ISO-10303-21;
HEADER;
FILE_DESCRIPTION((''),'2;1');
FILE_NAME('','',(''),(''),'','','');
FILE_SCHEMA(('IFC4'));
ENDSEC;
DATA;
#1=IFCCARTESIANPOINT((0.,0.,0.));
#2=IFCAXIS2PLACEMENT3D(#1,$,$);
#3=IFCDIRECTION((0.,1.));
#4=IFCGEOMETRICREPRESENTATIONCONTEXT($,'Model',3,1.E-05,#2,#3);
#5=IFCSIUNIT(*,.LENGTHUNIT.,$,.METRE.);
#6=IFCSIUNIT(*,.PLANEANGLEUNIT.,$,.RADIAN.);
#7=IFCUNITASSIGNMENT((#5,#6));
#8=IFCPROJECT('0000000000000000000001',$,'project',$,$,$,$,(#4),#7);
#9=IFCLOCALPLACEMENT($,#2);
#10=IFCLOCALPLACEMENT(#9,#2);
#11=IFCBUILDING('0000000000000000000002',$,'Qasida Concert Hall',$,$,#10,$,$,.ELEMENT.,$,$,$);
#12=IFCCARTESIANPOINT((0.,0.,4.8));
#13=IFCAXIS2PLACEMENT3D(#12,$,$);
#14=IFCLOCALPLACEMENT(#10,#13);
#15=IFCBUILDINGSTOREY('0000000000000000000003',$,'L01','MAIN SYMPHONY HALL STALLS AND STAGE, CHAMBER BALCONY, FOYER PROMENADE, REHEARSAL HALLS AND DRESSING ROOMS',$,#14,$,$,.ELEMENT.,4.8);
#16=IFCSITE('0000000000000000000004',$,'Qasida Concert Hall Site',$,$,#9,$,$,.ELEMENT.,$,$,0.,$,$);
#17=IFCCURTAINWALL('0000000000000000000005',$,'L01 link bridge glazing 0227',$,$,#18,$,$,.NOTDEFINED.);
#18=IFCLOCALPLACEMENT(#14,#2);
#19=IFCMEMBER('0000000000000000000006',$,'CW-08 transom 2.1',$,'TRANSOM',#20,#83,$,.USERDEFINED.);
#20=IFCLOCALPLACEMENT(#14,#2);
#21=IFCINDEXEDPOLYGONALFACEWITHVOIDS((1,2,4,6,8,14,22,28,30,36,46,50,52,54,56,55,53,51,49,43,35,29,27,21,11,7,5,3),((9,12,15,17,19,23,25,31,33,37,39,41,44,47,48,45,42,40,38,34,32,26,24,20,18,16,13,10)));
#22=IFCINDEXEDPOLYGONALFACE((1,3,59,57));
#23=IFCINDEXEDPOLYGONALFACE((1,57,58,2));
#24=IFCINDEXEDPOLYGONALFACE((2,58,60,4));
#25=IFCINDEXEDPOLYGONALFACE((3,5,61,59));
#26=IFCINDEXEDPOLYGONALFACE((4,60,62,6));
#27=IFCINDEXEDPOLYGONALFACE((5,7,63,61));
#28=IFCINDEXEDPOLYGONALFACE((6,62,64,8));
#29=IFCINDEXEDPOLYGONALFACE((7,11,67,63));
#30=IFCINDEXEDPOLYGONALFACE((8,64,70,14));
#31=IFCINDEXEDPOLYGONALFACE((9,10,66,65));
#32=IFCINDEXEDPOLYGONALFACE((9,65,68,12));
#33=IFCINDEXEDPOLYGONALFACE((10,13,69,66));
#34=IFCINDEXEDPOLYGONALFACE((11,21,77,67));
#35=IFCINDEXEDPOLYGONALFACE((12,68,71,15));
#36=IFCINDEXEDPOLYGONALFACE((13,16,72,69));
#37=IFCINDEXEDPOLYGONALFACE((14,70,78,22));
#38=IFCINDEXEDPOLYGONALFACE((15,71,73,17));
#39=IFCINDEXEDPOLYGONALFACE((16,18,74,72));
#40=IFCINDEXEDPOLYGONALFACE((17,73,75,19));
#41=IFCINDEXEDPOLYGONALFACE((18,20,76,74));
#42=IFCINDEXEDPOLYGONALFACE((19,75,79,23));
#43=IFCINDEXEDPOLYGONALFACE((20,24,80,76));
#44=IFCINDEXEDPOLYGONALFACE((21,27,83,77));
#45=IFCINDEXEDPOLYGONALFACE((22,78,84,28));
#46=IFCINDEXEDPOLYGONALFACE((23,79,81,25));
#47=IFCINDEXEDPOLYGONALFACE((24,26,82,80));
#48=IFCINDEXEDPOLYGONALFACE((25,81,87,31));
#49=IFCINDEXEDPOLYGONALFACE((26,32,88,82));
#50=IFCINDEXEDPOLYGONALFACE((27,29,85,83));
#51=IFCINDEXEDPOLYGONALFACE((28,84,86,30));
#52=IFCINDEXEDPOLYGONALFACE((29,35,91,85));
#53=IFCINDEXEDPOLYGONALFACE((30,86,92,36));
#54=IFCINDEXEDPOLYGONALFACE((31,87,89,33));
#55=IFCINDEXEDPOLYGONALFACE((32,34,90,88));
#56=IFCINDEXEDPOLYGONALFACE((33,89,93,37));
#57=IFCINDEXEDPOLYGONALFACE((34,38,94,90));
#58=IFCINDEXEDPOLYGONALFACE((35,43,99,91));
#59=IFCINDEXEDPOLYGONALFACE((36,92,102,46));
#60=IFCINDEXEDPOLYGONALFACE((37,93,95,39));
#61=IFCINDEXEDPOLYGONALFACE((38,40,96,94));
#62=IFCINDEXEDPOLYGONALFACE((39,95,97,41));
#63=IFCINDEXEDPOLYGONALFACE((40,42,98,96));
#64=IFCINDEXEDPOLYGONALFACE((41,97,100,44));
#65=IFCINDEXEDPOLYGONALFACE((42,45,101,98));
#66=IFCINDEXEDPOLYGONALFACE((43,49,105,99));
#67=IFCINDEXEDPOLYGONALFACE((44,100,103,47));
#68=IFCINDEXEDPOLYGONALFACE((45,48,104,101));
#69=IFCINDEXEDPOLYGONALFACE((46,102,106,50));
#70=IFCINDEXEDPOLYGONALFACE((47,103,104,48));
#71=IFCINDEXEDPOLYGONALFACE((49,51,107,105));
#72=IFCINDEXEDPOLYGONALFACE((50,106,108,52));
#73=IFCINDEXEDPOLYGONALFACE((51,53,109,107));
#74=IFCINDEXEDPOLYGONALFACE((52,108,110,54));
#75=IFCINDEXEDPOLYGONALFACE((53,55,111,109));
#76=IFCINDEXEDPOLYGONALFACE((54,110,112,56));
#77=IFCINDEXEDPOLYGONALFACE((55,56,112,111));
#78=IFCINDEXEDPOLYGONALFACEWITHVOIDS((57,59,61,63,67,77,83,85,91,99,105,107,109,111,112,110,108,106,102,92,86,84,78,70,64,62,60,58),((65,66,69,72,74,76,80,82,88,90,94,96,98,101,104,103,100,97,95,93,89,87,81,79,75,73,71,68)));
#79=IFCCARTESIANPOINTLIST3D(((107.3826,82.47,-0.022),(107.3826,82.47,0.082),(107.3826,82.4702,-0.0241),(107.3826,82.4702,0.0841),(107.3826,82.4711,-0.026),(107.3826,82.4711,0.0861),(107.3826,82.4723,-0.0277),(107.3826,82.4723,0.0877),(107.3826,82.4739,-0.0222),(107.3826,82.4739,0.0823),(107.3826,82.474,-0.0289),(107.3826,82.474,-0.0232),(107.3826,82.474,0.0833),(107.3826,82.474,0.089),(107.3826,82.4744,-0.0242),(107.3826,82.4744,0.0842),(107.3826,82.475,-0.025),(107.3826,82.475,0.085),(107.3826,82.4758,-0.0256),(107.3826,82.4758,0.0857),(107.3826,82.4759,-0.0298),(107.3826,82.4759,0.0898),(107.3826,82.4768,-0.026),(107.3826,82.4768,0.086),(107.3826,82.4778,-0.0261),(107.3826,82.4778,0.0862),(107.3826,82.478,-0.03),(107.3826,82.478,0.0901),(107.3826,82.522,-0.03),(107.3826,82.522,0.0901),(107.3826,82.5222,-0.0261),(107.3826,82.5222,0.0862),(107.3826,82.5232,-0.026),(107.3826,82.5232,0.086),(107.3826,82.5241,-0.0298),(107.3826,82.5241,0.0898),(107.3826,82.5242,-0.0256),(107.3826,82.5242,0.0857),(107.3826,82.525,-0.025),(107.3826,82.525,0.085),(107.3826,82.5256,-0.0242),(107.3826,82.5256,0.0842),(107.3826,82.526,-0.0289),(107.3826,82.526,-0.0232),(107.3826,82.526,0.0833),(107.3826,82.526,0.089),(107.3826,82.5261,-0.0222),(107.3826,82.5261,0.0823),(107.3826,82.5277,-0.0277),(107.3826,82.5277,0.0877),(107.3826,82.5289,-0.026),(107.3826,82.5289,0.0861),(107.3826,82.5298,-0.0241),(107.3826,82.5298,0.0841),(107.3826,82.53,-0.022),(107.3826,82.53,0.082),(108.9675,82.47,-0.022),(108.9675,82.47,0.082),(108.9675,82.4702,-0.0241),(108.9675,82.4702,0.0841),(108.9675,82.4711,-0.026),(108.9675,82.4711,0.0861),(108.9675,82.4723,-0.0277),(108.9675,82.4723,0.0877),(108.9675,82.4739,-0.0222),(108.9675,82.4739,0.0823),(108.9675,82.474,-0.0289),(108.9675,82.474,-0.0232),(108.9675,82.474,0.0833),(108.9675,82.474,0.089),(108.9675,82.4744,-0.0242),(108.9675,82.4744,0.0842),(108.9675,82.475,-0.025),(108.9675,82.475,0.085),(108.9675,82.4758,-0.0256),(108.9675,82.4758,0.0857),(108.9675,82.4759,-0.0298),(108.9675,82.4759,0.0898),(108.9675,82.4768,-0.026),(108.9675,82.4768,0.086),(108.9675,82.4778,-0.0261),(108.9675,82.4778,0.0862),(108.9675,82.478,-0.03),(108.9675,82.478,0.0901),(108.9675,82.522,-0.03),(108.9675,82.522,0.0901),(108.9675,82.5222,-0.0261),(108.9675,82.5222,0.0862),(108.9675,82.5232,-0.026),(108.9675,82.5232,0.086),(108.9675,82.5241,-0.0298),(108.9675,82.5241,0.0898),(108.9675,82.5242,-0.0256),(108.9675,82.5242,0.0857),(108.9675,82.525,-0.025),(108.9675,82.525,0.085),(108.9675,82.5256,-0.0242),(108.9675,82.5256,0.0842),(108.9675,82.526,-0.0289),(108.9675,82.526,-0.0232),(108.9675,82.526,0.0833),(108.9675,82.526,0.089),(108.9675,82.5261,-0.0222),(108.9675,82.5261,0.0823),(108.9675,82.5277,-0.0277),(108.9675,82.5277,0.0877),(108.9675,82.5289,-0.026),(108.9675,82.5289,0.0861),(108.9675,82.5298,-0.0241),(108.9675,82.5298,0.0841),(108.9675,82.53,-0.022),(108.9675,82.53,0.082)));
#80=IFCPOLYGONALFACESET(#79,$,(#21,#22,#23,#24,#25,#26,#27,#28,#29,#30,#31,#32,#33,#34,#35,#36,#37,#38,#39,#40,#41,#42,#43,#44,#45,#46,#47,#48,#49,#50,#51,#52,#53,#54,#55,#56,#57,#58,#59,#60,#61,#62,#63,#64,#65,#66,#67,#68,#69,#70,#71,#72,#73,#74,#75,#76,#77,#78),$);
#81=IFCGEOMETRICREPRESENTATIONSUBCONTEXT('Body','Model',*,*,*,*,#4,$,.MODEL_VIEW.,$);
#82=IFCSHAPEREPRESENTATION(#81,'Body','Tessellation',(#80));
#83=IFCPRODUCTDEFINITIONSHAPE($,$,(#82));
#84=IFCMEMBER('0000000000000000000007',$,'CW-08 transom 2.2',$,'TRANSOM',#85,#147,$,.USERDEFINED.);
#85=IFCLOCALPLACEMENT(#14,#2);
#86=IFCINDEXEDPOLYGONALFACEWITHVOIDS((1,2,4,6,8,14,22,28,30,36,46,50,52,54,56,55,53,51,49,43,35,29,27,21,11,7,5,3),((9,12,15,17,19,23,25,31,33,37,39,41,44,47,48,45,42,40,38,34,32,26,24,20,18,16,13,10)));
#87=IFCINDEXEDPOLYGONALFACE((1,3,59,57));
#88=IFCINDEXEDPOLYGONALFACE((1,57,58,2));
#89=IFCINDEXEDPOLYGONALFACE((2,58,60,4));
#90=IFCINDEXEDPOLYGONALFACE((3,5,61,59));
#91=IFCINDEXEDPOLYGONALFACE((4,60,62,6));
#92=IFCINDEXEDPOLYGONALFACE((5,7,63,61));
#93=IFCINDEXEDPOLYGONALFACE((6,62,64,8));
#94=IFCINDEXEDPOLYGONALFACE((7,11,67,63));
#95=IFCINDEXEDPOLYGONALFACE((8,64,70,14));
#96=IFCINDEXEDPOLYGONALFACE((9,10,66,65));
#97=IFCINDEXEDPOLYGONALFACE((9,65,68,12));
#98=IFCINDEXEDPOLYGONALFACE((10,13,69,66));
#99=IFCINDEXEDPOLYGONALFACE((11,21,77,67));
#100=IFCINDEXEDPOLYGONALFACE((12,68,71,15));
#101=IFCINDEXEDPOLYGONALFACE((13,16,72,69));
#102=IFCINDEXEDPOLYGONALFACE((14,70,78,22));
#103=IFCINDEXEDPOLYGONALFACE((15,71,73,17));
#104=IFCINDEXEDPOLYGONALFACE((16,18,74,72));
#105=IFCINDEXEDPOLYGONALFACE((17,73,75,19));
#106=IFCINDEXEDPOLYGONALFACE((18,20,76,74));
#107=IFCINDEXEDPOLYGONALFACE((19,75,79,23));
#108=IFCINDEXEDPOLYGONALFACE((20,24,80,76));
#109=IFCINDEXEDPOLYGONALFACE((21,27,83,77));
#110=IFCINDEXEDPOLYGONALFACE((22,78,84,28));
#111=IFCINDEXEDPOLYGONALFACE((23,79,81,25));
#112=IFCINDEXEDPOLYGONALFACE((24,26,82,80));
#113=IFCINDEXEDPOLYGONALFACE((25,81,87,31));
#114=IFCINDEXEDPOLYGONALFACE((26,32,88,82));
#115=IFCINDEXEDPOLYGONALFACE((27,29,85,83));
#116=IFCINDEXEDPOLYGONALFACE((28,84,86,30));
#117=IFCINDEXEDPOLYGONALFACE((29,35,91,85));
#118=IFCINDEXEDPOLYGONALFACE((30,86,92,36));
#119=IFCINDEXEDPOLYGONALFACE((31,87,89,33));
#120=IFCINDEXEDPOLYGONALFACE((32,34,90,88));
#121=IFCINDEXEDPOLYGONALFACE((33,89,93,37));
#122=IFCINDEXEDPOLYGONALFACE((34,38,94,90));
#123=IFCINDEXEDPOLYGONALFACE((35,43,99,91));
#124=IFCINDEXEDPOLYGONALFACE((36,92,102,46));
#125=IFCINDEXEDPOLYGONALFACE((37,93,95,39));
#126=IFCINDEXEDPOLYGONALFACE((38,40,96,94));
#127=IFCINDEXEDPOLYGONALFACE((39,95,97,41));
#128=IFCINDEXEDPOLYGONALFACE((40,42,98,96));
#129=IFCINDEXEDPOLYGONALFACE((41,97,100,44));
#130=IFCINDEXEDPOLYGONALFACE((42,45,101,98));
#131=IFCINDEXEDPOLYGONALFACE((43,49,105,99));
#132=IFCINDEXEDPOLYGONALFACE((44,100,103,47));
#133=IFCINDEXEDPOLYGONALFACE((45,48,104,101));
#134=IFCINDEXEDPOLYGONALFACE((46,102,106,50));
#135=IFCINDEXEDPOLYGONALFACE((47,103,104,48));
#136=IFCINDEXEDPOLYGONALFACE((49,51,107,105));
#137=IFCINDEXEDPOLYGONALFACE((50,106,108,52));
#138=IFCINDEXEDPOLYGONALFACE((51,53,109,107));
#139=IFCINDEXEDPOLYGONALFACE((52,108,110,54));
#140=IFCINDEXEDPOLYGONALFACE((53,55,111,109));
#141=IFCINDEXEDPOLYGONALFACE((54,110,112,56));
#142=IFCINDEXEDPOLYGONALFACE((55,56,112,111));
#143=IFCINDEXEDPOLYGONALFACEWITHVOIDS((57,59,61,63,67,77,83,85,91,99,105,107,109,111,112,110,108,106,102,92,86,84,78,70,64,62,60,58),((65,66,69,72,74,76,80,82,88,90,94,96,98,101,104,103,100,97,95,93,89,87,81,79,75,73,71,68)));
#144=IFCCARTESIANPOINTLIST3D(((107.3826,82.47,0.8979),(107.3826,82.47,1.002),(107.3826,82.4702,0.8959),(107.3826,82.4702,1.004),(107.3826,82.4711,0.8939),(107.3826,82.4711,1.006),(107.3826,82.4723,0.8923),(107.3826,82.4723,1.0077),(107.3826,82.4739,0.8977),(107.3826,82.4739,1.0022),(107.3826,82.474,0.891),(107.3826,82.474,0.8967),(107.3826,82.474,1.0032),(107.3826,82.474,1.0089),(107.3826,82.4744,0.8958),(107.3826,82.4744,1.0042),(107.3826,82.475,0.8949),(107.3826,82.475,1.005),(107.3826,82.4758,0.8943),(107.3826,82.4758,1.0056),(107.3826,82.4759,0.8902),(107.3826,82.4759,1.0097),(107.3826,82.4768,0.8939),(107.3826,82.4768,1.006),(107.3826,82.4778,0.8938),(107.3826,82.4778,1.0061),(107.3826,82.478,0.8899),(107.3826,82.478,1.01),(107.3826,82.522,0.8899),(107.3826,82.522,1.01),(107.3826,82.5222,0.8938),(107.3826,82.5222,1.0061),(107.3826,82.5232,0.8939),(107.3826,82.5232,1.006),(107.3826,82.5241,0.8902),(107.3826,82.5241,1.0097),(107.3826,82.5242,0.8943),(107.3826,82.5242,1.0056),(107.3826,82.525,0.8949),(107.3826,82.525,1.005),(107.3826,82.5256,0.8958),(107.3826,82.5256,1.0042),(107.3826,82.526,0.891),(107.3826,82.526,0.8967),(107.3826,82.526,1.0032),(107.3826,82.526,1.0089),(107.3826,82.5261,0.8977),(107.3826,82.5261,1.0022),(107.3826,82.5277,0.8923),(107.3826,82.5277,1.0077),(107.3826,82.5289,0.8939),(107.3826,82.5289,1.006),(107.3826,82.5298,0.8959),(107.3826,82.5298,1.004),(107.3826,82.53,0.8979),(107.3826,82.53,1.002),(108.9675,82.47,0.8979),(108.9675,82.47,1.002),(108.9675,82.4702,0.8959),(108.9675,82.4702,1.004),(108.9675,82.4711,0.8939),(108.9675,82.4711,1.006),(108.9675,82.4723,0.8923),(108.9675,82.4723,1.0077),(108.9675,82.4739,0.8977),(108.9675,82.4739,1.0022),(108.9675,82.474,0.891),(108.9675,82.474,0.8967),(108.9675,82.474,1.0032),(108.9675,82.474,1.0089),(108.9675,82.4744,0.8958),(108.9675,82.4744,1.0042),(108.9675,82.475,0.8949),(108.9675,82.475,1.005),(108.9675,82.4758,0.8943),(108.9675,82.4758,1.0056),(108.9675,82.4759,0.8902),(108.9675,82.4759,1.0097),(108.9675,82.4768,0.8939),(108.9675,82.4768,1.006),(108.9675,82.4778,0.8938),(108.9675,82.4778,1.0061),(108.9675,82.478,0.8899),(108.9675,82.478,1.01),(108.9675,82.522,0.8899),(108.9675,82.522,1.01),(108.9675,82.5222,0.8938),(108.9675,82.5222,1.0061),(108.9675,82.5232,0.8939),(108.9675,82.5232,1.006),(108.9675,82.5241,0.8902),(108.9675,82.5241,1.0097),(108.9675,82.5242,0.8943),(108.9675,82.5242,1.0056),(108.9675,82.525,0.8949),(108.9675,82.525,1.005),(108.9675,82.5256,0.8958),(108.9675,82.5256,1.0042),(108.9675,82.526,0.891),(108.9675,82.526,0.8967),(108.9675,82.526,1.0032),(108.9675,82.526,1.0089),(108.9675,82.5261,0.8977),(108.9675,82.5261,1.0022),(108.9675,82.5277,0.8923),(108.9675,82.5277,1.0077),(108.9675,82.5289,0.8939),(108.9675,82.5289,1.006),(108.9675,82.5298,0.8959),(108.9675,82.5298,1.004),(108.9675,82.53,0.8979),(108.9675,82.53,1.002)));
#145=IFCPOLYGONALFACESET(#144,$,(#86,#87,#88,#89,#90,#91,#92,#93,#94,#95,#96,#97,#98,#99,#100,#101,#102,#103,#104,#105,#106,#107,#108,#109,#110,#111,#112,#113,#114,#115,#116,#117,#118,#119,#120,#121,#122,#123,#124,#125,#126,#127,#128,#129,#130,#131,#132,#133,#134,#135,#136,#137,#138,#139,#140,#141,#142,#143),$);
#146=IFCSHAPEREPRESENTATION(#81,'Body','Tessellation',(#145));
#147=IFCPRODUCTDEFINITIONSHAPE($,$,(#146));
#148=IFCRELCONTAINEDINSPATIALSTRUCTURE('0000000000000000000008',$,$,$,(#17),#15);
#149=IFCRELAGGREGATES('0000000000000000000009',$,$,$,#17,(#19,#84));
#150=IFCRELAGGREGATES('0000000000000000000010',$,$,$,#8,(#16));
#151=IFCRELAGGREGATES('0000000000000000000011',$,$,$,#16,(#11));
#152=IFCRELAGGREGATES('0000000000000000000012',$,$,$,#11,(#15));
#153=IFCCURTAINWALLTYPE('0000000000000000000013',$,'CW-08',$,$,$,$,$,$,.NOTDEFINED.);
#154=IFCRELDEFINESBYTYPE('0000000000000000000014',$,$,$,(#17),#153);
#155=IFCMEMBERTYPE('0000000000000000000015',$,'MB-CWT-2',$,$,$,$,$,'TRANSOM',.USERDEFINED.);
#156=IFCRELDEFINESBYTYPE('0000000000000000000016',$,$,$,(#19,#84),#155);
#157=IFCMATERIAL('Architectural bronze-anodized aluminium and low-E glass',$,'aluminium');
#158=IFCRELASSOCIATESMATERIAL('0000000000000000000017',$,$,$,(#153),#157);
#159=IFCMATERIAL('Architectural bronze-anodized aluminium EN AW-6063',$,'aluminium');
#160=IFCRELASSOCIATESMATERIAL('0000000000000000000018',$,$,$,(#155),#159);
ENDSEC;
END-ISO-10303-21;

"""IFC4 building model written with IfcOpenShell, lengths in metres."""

from ifc_helpers import new_model, si_unit, direction, frame, origin, origin_2d, place, context, subcontext, project, spatial, hollow_rectangle, extrude, material, material_profile, profile_set, type_object, element, aggregate, save


model = new_model("IFC4")

# Units and contexts
model_context = context("Model", 3, precision=1e-05, world=origin(), true_north=direction((0.0, 1.0)))
body_context = subcontext(model_context, "Body", "Model", "MODEL_VIEW")
ifc_project = project(units=[si_unit("LENGTHUNIT", "METRE"), si_unit("PLANEANGLEUNIT", "RADIAN")], contexts=[model_context])

# Site, building, storey
site_placement = place(None, origin())
site = spatial("IfcSite", under=ifc_project, at=site_placement, Name="Qasida Concert Hall Site", CompositionType="ELEMENT", RefElevation=0.0)
building_placement = place(site_placement, origin())
building = spatial("IfcBuilding", under=site, at=building_placement, Name="Qasida Concert Hall", CompositionType="ELEMENT")
storey_placement = place(building_placement, frame((0.0, 0.0, 4.8)))
storey = spatial("IfcBuildingStorey", under=building, at=storey_placement, Name="L01", Description="MAIN SYMPHONY HALL STALLS AND STAGE, CHAMBER BALCONY, FOYER PROMENADE, REHEARSAL HALLS AND DRESSING ROOMS", CompositionType="ELEMENT", Elevation=4.8)

# Curtain wall, members
ifc_material_1 = material(Name="Architectural bronze-anodized aluminium and low-E glass", Category="aluminium")
curtain_wall_type = type_object("IfcCurtainWallType", Name="CW-08", PredefinedType="NOTDEFINED", material=ifc_material_1)
curtain_wall_placement = place(storey_placement, origin())
curtain_wall = element("IfcCurtainWall", 1, at=curtain_wall_placement, inside=storey, type_object=curtain_wall_type, Name="L01 link bridge glazing 0227", PredefinedType="NOTDEFINED")
ifc_material_2 = material(Name="Architectural bronze-anodized aluminium EN AW-6063", Category="aluminium")
ifc_material_profile_1 = material_profile(ifc_material_2, hollow_rectangle(XDim=0.0601, YDim=0.1201, WallThickness=0.0039, InnerFilletRadius=0.0039, OuterFilletRadius=0.0081, at=origin_2d()), Name="CWT 120x60x4")
ifc_profile_set_1 = profile_set([ifc_material_profile_1], Name="Architectural bronze-anodized aluminium EN AW-6063")
member_type_1 = type_object("IfcMemberType", Name="MB-CWT-2", ElementType="TRANSOM", PredefinedType="USERDEFINED", material=ifc_profile_set_1)
member_1_placement = place(storey_placement, frame((107.3826, 82.5, 0.03), z_axis=(1.0, 0.0, 0.0), x_axis=(0.0, 1.0, 0.0)))
member_1 = element("IfcMember", 2, at=member_1_placement, type_object=member_type_1, Name="CW-08 transom 2.1", ObjectType="TRANSOM", PredefinedType="USERDEFINED", context=body_context, shape_type="SweptSolid", body=[
    extrude(hollow_rectangle(XDim=0.0601, YDim=0.1201, WallThickness=0.0039, InnerFilletRadius=0.0039, OuterFilletRadius=0.0081, at=origin_2d()), origin(), (0.0, 0.0, 1.0), 1.585),
])
member_2_placement = place(storey_placement, frame((107.3826, 82.5, 0.95), z_axis=(1.0, 0.0, 0.0), x_axis=(0.0, 1.0, 0.0)))
member_2 = element("IfcMember", 3, at=member_2_placement, type_object=member_type_1, Name="CW-08 transom 2.2", ObjectType="TRANSOM", PredefinedType="USERDEFINED", context=body_context, shape_type="SweptSolid", body=[
    extrude(hollow_rectangle(XDim=0.0601, YDim=0.1201, WallThickness=0.0039, InnerFilletRadius=0.0039, OuterFilletRadius=0.0081, at=origin_2d()), origin(), (0.0, 0.0, 1.0), 1.585),
])
aggregate(curtain_wall, [member_1, member_2])

save(model, "model.ifc")
